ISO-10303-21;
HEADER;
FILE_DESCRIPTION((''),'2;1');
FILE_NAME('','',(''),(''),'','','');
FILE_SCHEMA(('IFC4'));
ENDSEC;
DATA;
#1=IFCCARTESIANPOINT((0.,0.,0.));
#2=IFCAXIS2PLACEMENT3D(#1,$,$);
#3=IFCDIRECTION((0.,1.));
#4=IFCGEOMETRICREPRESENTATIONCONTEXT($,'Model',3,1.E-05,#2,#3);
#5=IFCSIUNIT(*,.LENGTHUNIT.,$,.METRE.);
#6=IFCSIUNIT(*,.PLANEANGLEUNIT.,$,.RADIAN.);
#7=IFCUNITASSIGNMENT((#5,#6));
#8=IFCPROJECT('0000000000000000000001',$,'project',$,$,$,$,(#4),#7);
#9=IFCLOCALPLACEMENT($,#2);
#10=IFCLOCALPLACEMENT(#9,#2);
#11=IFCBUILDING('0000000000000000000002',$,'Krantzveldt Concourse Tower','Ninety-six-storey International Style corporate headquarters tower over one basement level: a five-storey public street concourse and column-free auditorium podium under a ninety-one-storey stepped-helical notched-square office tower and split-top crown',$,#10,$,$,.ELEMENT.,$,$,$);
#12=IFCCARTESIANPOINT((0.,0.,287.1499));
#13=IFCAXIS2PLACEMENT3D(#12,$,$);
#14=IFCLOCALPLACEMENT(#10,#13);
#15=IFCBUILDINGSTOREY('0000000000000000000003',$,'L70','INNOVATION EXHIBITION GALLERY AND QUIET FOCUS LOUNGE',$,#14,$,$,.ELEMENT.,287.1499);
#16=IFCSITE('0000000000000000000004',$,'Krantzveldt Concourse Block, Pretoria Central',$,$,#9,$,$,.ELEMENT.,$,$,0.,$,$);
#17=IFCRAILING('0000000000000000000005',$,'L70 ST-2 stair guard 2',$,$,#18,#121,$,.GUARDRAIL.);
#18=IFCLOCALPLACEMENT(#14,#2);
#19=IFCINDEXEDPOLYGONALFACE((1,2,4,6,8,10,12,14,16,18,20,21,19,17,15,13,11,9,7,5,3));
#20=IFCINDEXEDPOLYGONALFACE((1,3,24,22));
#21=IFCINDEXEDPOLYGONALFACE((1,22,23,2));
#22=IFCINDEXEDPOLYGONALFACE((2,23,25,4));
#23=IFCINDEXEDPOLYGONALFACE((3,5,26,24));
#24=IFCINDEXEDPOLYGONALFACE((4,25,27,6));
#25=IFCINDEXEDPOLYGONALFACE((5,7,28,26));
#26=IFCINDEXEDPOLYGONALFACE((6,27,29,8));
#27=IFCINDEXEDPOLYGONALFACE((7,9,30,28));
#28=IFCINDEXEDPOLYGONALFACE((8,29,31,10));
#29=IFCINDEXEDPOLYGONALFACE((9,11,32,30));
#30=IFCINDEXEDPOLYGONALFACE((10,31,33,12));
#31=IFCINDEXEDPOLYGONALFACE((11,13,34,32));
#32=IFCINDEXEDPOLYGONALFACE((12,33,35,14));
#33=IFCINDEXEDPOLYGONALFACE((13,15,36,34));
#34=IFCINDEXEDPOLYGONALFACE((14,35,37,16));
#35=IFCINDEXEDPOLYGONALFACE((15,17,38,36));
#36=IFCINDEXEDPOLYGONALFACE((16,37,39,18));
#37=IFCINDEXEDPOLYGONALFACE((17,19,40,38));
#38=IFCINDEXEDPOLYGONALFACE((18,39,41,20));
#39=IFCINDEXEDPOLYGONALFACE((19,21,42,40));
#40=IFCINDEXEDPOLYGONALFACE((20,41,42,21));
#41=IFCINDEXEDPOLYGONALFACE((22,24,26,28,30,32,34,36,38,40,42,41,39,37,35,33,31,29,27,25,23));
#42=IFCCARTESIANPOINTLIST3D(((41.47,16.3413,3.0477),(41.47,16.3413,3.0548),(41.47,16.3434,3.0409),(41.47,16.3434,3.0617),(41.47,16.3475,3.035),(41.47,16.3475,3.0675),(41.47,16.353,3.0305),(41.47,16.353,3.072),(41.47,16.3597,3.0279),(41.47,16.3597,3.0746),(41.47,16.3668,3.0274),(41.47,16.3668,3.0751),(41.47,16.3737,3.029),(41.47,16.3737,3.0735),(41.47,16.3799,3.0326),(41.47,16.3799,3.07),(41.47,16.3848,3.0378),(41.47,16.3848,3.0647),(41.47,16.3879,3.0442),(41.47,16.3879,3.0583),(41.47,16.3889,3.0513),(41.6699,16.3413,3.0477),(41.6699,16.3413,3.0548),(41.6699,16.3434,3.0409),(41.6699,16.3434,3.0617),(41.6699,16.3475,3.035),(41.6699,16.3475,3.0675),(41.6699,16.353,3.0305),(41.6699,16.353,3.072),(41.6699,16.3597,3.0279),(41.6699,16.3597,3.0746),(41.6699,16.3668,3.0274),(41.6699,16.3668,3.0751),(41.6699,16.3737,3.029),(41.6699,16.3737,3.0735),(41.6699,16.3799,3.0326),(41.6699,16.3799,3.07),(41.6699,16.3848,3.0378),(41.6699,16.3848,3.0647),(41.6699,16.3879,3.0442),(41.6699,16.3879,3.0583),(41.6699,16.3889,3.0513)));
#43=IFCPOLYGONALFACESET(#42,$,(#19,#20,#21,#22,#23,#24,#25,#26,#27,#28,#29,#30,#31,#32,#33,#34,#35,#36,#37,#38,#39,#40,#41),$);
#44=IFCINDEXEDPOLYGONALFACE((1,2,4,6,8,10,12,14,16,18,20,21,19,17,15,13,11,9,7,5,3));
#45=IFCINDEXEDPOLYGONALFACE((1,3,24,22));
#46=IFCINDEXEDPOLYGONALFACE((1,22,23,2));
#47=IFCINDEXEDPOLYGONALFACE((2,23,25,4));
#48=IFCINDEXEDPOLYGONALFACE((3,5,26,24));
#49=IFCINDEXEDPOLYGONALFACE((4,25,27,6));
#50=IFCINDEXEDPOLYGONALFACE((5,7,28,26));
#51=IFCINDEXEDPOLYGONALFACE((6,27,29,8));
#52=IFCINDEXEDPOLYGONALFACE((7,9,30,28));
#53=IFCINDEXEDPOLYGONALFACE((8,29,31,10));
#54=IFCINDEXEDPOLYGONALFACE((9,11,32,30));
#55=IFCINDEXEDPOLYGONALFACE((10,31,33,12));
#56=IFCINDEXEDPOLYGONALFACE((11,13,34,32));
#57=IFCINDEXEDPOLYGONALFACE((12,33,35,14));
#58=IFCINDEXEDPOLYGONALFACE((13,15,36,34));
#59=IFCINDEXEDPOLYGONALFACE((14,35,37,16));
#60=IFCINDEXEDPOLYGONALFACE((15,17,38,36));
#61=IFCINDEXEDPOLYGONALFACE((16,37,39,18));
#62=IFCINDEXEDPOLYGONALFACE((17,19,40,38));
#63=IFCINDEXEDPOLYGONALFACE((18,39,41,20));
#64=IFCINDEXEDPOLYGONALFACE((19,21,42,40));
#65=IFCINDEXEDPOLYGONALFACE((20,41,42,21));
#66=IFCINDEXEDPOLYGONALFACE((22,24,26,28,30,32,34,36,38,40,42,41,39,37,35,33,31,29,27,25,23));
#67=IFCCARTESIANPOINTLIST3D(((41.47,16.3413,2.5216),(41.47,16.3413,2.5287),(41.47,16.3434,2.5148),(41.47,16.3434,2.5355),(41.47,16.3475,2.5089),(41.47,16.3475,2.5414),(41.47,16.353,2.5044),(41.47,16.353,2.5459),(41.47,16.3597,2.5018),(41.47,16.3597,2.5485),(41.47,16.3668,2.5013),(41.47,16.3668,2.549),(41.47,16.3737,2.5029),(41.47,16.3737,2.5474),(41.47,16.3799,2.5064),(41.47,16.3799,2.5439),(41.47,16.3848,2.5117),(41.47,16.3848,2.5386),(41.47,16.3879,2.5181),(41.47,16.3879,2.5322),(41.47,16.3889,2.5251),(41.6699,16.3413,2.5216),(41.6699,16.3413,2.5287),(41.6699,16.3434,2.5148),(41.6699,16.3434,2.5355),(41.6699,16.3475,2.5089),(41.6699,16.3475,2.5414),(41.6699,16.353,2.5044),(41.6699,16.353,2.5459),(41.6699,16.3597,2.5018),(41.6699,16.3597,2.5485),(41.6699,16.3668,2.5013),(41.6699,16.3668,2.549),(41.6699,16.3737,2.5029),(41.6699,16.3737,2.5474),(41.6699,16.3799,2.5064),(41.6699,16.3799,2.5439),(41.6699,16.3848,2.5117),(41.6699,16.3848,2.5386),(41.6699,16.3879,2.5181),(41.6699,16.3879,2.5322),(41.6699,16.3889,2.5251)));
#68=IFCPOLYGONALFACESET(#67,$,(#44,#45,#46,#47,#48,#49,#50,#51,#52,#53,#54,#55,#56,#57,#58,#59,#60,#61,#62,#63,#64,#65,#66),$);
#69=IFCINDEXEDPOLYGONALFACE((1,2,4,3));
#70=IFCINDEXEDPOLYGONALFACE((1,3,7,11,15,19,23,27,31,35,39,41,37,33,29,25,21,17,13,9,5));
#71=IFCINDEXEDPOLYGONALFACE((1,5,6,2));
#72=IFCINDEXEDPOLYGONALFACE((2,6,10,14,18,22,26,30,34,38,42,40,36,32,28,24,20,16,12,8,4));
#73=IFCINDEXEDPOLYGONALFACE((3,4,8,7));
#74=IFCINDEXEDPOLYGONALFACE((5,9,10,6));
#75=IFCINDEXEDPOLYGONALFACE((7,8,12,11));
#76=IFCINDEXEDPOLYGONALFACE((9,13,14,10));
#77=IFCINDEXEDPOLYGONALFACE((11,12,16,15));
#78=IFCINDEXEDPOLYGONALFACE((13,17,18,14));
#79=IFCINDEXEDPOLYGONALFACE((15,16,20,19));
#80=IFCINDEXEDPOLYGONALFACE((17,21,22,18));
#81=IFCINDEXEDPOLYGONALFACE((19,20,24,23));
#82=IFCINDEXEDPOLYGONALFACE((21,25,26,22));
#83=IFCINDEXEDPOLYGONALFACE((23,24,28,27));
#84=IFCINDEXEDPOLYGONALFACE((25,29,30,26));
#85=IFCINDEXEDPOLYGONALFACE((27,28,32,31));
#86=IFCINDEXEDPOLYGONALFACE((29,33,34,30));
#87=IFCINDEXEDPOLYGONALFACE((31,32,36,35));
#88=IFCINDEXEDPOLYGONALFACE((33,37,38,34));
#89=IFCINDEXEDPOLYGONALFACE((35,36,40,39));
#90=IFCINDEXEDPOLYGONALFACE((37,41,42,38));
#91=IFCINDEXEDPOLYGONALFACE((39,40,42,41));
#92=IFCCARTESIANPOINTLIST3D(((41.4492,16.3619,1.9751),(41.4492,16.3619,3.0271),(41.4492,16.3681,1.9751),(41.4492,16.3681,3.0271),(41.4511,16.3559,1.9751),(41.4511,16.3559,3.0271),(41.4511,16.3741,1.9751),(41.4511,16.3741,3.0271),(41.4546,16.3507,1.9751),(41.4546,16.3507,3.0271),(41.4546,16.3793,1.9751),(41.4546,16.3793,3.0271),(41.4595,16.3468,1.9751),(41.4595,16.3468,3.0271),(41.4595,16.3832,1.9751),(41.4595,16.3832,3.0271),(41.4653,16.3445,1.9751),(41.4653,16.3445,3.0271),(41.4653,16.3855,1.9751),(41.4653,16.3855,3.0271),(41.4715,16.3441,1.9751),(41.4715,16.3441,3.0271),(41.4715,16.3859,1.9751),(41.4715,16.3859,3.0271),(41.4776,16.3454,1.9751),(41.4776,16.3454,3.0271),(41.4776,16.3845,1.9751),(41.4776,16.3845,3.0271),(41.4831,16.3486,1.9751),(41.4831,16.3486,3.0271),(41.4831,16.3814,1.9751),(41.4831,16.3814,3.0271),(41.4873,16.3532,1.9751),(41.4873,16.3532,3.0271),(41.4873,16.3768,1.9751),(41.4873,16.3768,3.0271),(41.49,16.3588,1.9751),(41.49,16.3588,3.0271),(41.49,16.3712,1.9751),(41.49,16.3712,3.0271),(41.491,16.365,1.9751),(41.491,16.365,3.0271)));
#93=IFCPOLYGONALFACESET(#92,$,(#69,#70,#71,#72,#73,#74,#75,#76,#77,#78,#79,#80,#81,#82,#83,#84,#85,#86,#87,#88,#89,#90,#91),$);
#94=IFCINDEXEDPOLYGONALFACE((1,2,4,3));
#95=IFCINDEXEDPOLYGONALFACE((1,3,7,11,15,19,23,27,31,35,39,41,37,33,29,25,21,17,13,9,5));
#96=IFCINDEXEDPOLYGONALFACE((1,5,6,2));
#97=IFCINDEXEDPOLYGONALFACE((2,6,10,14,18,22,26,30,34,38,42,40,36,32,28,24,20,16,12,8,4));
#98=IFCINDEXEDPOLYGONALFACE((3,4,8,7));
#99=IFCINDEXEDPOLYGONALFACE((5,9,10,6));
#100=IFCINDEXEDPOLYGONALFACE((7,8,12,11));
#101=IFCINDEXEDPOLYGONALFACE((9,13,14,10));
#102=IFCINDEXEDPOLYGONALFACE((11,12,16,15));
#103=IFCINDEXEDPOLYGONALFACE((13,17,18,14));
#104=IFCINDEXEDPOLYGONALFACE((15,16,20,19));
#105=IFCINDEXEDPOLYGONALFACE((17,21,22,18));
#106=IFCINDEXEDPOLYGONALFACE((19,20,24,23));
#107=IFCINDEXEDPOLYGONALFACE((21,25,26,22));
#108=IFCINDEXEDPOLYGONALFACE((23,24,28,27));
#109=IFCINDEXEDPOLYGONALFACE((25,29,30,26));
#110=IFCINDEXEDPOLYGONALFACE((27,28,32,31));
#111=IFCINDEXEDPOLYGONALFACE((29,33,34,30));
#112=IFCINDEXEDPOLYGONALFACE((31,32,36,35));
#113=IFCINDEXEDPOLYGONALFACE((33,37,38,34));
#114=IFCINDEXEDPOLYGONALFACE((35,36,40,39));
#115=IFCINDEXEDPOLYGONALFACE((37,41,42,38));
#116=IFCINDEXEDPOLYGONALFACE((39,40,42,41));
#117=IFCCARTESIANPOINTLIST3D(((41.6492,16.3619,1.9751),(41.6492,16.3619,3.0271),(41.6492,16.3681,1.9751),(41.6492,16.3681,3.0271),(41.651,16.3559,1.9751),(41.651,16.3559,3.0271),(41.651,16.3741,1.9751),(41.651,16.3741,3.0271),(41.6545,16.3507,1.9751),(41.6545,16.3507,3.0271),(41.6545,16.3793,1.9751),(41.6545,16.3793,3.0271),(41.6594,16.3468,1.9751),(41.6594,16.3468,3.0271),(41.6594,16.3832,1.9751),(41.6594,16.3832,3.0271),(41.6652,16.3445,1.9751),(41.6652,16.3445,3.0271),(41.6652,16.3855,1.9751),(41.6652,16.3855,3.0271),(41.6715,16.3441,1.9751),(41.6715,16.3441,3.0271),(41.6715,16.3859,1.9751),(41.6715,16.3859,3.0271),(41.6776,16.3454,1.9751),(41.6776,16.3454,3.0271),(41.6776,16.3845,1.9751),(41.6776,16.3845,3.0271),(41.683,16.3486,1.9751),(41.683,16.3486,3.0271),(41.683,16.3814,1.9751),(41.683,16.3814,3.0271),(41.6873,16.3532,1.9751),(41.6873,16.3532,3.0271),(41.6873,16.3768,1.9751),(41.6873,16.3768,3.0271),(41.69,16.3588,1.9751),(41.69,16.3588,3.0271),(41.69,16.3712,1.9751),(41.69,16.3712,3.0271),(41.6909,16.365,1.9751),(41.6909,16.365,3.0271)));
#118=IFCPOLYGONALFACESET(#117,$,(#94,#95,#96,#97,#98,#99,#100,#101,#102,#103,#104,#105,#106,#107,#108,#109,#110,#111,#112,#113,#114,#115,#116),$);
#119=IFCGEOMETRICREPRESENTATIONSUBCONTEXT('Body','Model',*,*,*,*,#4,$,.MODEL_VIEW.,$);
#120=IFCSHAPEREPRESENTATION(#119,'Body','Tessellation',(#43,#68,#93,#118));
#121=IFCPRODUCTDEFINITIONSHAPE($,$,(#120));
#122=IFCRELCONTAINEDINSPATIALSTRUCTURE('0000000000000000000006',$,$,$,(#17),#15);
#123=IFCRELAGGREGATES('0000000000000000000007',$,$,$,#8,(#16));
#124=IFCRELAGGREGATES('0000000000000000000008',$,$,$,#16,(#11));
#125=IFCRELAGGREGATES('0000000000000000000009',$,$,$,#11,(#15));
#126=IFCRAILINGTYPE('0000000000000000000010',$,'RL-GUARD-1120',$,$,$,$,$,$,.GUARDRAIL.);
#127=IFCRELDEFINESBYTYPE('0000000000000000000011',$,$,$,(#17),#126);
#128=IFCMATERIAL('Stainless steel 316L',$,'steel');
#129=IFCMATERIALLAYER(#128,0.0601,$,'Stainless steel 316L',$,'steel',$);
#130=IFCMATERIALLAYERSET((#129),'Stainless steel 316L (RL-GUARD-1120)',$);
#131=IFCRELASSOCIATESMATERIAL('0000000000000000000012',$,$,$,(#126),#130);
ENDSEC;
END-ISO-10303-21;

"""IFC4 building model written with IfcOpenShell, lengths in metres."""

from ifc_helpers import new_model, si_unit, direction, frame, origin, origin_2d, place, context, subcontext, project, spatial, circle, extrude, material, layer, layer_set, type_object, element, save


model = new_model("IFC4")

# Units and contexts
model_context = context("Model", 3, precision=1e-05, world=origin(), true_north=direction((0.0, 1.0)))
body_context = subcontext(model_context, "Body", "Model", "MODEL_VIEW")
ifc_project = project(units=[si_unit("LENGTHUNIT", "METRE"), si_unit("PLANEANGLEUNIT", "RADIAN")], contexts=[model_context])

# Site, building, storey
site_placement = place(None, origin())
site = spatial("IfcSite", under=ifc_project, at=site_placement, Name="Krantzveldt Concourse Block, Pretoria Central", CompositionType="ELEMENT", RefElevation=0.0)
building_placement = place(site_placement, origin())
building = spatial("IfcBuilding", under=site, at=building_placement, Name="Krantzveldt Concourse Tower", Description="Ninety-six-storey International Style corporate headquarters tower over one basement level: a five-storey public street concourse and column-free auditorium podium under a ninety-one-storey stepped-helical notched-square office tower and split-top crown", CompositionType="ELEMENT")
storey_placement = place(building_placement, frame((0.0, 0.0, 287.1499)))
storey = spatial("IfcBuildingStorey", under=building, at=storey_placement, Name="L70", Description="INNOVATION EXHIBITION GALLERY AND QUIET FOCUS LOUNGE", CompositionType="ELEMENT", Elevation=287.1499)

# Shared definitions
ifc_material_1 = material(Name="Stainless steel 316L", Category="steel")

# Railing
ifc_layer_1 = layer(ifc_material_1, 0.0601, Name="Stainless steel 316L", Category="steel")
ifc_layer_set_1 = layer_set([ifc_layer_1], Name="Stainless steel 316L (RL-GUARD-1120)")
railing_type_1 = type_object("IfcRailingType", Name="RL-GUARD-1120", PredefinedType="GUARDRAIL", material=ifc_layer_set_1)
for number, where, name in (
    (1, (41.47, 16.365, 1.9751), "L70 ST-2 stair guard 2"),
):
    element("IfcRailing", number, at=place(storey_placement, frame(where)), inside=storey, type_object=railing_type_1, Name=name, PredefinedType="GUARDRAIL", context=body_context, shape_type="SweptSolid", body=[
        extrude(circle(Radius=0.0239, at=origin_2d()), frame((0.0, 0.0, 1.0762), z_axis=(1.0, 0.0, 0.0), x_axis=(0.0, 1.0, 0.0)), (0.0, 0.0, 1.0), 0.2),
        extrude(circle(Radius=0.0239, at=origin_2d()), frame((0.0, 0.0, 0.55), z_axis=(1.0, 0.0, 0.0), x_axis=(0.0, 1.0, 0.0)), (0.0, 0.0, 1.0), 0.2),
        extrude(circle(Radius=0.021, at=origin_2d()), origin(), (0.0, 0.0, 1.0), 1.052),
        extrude(circle(Radius=0.021, at=origin_2d()), frame((0.2, 0.0, 0.0)), (0.0, 0.0, 1.0), 1.052),
    ])

save(model, "model.ifc")
